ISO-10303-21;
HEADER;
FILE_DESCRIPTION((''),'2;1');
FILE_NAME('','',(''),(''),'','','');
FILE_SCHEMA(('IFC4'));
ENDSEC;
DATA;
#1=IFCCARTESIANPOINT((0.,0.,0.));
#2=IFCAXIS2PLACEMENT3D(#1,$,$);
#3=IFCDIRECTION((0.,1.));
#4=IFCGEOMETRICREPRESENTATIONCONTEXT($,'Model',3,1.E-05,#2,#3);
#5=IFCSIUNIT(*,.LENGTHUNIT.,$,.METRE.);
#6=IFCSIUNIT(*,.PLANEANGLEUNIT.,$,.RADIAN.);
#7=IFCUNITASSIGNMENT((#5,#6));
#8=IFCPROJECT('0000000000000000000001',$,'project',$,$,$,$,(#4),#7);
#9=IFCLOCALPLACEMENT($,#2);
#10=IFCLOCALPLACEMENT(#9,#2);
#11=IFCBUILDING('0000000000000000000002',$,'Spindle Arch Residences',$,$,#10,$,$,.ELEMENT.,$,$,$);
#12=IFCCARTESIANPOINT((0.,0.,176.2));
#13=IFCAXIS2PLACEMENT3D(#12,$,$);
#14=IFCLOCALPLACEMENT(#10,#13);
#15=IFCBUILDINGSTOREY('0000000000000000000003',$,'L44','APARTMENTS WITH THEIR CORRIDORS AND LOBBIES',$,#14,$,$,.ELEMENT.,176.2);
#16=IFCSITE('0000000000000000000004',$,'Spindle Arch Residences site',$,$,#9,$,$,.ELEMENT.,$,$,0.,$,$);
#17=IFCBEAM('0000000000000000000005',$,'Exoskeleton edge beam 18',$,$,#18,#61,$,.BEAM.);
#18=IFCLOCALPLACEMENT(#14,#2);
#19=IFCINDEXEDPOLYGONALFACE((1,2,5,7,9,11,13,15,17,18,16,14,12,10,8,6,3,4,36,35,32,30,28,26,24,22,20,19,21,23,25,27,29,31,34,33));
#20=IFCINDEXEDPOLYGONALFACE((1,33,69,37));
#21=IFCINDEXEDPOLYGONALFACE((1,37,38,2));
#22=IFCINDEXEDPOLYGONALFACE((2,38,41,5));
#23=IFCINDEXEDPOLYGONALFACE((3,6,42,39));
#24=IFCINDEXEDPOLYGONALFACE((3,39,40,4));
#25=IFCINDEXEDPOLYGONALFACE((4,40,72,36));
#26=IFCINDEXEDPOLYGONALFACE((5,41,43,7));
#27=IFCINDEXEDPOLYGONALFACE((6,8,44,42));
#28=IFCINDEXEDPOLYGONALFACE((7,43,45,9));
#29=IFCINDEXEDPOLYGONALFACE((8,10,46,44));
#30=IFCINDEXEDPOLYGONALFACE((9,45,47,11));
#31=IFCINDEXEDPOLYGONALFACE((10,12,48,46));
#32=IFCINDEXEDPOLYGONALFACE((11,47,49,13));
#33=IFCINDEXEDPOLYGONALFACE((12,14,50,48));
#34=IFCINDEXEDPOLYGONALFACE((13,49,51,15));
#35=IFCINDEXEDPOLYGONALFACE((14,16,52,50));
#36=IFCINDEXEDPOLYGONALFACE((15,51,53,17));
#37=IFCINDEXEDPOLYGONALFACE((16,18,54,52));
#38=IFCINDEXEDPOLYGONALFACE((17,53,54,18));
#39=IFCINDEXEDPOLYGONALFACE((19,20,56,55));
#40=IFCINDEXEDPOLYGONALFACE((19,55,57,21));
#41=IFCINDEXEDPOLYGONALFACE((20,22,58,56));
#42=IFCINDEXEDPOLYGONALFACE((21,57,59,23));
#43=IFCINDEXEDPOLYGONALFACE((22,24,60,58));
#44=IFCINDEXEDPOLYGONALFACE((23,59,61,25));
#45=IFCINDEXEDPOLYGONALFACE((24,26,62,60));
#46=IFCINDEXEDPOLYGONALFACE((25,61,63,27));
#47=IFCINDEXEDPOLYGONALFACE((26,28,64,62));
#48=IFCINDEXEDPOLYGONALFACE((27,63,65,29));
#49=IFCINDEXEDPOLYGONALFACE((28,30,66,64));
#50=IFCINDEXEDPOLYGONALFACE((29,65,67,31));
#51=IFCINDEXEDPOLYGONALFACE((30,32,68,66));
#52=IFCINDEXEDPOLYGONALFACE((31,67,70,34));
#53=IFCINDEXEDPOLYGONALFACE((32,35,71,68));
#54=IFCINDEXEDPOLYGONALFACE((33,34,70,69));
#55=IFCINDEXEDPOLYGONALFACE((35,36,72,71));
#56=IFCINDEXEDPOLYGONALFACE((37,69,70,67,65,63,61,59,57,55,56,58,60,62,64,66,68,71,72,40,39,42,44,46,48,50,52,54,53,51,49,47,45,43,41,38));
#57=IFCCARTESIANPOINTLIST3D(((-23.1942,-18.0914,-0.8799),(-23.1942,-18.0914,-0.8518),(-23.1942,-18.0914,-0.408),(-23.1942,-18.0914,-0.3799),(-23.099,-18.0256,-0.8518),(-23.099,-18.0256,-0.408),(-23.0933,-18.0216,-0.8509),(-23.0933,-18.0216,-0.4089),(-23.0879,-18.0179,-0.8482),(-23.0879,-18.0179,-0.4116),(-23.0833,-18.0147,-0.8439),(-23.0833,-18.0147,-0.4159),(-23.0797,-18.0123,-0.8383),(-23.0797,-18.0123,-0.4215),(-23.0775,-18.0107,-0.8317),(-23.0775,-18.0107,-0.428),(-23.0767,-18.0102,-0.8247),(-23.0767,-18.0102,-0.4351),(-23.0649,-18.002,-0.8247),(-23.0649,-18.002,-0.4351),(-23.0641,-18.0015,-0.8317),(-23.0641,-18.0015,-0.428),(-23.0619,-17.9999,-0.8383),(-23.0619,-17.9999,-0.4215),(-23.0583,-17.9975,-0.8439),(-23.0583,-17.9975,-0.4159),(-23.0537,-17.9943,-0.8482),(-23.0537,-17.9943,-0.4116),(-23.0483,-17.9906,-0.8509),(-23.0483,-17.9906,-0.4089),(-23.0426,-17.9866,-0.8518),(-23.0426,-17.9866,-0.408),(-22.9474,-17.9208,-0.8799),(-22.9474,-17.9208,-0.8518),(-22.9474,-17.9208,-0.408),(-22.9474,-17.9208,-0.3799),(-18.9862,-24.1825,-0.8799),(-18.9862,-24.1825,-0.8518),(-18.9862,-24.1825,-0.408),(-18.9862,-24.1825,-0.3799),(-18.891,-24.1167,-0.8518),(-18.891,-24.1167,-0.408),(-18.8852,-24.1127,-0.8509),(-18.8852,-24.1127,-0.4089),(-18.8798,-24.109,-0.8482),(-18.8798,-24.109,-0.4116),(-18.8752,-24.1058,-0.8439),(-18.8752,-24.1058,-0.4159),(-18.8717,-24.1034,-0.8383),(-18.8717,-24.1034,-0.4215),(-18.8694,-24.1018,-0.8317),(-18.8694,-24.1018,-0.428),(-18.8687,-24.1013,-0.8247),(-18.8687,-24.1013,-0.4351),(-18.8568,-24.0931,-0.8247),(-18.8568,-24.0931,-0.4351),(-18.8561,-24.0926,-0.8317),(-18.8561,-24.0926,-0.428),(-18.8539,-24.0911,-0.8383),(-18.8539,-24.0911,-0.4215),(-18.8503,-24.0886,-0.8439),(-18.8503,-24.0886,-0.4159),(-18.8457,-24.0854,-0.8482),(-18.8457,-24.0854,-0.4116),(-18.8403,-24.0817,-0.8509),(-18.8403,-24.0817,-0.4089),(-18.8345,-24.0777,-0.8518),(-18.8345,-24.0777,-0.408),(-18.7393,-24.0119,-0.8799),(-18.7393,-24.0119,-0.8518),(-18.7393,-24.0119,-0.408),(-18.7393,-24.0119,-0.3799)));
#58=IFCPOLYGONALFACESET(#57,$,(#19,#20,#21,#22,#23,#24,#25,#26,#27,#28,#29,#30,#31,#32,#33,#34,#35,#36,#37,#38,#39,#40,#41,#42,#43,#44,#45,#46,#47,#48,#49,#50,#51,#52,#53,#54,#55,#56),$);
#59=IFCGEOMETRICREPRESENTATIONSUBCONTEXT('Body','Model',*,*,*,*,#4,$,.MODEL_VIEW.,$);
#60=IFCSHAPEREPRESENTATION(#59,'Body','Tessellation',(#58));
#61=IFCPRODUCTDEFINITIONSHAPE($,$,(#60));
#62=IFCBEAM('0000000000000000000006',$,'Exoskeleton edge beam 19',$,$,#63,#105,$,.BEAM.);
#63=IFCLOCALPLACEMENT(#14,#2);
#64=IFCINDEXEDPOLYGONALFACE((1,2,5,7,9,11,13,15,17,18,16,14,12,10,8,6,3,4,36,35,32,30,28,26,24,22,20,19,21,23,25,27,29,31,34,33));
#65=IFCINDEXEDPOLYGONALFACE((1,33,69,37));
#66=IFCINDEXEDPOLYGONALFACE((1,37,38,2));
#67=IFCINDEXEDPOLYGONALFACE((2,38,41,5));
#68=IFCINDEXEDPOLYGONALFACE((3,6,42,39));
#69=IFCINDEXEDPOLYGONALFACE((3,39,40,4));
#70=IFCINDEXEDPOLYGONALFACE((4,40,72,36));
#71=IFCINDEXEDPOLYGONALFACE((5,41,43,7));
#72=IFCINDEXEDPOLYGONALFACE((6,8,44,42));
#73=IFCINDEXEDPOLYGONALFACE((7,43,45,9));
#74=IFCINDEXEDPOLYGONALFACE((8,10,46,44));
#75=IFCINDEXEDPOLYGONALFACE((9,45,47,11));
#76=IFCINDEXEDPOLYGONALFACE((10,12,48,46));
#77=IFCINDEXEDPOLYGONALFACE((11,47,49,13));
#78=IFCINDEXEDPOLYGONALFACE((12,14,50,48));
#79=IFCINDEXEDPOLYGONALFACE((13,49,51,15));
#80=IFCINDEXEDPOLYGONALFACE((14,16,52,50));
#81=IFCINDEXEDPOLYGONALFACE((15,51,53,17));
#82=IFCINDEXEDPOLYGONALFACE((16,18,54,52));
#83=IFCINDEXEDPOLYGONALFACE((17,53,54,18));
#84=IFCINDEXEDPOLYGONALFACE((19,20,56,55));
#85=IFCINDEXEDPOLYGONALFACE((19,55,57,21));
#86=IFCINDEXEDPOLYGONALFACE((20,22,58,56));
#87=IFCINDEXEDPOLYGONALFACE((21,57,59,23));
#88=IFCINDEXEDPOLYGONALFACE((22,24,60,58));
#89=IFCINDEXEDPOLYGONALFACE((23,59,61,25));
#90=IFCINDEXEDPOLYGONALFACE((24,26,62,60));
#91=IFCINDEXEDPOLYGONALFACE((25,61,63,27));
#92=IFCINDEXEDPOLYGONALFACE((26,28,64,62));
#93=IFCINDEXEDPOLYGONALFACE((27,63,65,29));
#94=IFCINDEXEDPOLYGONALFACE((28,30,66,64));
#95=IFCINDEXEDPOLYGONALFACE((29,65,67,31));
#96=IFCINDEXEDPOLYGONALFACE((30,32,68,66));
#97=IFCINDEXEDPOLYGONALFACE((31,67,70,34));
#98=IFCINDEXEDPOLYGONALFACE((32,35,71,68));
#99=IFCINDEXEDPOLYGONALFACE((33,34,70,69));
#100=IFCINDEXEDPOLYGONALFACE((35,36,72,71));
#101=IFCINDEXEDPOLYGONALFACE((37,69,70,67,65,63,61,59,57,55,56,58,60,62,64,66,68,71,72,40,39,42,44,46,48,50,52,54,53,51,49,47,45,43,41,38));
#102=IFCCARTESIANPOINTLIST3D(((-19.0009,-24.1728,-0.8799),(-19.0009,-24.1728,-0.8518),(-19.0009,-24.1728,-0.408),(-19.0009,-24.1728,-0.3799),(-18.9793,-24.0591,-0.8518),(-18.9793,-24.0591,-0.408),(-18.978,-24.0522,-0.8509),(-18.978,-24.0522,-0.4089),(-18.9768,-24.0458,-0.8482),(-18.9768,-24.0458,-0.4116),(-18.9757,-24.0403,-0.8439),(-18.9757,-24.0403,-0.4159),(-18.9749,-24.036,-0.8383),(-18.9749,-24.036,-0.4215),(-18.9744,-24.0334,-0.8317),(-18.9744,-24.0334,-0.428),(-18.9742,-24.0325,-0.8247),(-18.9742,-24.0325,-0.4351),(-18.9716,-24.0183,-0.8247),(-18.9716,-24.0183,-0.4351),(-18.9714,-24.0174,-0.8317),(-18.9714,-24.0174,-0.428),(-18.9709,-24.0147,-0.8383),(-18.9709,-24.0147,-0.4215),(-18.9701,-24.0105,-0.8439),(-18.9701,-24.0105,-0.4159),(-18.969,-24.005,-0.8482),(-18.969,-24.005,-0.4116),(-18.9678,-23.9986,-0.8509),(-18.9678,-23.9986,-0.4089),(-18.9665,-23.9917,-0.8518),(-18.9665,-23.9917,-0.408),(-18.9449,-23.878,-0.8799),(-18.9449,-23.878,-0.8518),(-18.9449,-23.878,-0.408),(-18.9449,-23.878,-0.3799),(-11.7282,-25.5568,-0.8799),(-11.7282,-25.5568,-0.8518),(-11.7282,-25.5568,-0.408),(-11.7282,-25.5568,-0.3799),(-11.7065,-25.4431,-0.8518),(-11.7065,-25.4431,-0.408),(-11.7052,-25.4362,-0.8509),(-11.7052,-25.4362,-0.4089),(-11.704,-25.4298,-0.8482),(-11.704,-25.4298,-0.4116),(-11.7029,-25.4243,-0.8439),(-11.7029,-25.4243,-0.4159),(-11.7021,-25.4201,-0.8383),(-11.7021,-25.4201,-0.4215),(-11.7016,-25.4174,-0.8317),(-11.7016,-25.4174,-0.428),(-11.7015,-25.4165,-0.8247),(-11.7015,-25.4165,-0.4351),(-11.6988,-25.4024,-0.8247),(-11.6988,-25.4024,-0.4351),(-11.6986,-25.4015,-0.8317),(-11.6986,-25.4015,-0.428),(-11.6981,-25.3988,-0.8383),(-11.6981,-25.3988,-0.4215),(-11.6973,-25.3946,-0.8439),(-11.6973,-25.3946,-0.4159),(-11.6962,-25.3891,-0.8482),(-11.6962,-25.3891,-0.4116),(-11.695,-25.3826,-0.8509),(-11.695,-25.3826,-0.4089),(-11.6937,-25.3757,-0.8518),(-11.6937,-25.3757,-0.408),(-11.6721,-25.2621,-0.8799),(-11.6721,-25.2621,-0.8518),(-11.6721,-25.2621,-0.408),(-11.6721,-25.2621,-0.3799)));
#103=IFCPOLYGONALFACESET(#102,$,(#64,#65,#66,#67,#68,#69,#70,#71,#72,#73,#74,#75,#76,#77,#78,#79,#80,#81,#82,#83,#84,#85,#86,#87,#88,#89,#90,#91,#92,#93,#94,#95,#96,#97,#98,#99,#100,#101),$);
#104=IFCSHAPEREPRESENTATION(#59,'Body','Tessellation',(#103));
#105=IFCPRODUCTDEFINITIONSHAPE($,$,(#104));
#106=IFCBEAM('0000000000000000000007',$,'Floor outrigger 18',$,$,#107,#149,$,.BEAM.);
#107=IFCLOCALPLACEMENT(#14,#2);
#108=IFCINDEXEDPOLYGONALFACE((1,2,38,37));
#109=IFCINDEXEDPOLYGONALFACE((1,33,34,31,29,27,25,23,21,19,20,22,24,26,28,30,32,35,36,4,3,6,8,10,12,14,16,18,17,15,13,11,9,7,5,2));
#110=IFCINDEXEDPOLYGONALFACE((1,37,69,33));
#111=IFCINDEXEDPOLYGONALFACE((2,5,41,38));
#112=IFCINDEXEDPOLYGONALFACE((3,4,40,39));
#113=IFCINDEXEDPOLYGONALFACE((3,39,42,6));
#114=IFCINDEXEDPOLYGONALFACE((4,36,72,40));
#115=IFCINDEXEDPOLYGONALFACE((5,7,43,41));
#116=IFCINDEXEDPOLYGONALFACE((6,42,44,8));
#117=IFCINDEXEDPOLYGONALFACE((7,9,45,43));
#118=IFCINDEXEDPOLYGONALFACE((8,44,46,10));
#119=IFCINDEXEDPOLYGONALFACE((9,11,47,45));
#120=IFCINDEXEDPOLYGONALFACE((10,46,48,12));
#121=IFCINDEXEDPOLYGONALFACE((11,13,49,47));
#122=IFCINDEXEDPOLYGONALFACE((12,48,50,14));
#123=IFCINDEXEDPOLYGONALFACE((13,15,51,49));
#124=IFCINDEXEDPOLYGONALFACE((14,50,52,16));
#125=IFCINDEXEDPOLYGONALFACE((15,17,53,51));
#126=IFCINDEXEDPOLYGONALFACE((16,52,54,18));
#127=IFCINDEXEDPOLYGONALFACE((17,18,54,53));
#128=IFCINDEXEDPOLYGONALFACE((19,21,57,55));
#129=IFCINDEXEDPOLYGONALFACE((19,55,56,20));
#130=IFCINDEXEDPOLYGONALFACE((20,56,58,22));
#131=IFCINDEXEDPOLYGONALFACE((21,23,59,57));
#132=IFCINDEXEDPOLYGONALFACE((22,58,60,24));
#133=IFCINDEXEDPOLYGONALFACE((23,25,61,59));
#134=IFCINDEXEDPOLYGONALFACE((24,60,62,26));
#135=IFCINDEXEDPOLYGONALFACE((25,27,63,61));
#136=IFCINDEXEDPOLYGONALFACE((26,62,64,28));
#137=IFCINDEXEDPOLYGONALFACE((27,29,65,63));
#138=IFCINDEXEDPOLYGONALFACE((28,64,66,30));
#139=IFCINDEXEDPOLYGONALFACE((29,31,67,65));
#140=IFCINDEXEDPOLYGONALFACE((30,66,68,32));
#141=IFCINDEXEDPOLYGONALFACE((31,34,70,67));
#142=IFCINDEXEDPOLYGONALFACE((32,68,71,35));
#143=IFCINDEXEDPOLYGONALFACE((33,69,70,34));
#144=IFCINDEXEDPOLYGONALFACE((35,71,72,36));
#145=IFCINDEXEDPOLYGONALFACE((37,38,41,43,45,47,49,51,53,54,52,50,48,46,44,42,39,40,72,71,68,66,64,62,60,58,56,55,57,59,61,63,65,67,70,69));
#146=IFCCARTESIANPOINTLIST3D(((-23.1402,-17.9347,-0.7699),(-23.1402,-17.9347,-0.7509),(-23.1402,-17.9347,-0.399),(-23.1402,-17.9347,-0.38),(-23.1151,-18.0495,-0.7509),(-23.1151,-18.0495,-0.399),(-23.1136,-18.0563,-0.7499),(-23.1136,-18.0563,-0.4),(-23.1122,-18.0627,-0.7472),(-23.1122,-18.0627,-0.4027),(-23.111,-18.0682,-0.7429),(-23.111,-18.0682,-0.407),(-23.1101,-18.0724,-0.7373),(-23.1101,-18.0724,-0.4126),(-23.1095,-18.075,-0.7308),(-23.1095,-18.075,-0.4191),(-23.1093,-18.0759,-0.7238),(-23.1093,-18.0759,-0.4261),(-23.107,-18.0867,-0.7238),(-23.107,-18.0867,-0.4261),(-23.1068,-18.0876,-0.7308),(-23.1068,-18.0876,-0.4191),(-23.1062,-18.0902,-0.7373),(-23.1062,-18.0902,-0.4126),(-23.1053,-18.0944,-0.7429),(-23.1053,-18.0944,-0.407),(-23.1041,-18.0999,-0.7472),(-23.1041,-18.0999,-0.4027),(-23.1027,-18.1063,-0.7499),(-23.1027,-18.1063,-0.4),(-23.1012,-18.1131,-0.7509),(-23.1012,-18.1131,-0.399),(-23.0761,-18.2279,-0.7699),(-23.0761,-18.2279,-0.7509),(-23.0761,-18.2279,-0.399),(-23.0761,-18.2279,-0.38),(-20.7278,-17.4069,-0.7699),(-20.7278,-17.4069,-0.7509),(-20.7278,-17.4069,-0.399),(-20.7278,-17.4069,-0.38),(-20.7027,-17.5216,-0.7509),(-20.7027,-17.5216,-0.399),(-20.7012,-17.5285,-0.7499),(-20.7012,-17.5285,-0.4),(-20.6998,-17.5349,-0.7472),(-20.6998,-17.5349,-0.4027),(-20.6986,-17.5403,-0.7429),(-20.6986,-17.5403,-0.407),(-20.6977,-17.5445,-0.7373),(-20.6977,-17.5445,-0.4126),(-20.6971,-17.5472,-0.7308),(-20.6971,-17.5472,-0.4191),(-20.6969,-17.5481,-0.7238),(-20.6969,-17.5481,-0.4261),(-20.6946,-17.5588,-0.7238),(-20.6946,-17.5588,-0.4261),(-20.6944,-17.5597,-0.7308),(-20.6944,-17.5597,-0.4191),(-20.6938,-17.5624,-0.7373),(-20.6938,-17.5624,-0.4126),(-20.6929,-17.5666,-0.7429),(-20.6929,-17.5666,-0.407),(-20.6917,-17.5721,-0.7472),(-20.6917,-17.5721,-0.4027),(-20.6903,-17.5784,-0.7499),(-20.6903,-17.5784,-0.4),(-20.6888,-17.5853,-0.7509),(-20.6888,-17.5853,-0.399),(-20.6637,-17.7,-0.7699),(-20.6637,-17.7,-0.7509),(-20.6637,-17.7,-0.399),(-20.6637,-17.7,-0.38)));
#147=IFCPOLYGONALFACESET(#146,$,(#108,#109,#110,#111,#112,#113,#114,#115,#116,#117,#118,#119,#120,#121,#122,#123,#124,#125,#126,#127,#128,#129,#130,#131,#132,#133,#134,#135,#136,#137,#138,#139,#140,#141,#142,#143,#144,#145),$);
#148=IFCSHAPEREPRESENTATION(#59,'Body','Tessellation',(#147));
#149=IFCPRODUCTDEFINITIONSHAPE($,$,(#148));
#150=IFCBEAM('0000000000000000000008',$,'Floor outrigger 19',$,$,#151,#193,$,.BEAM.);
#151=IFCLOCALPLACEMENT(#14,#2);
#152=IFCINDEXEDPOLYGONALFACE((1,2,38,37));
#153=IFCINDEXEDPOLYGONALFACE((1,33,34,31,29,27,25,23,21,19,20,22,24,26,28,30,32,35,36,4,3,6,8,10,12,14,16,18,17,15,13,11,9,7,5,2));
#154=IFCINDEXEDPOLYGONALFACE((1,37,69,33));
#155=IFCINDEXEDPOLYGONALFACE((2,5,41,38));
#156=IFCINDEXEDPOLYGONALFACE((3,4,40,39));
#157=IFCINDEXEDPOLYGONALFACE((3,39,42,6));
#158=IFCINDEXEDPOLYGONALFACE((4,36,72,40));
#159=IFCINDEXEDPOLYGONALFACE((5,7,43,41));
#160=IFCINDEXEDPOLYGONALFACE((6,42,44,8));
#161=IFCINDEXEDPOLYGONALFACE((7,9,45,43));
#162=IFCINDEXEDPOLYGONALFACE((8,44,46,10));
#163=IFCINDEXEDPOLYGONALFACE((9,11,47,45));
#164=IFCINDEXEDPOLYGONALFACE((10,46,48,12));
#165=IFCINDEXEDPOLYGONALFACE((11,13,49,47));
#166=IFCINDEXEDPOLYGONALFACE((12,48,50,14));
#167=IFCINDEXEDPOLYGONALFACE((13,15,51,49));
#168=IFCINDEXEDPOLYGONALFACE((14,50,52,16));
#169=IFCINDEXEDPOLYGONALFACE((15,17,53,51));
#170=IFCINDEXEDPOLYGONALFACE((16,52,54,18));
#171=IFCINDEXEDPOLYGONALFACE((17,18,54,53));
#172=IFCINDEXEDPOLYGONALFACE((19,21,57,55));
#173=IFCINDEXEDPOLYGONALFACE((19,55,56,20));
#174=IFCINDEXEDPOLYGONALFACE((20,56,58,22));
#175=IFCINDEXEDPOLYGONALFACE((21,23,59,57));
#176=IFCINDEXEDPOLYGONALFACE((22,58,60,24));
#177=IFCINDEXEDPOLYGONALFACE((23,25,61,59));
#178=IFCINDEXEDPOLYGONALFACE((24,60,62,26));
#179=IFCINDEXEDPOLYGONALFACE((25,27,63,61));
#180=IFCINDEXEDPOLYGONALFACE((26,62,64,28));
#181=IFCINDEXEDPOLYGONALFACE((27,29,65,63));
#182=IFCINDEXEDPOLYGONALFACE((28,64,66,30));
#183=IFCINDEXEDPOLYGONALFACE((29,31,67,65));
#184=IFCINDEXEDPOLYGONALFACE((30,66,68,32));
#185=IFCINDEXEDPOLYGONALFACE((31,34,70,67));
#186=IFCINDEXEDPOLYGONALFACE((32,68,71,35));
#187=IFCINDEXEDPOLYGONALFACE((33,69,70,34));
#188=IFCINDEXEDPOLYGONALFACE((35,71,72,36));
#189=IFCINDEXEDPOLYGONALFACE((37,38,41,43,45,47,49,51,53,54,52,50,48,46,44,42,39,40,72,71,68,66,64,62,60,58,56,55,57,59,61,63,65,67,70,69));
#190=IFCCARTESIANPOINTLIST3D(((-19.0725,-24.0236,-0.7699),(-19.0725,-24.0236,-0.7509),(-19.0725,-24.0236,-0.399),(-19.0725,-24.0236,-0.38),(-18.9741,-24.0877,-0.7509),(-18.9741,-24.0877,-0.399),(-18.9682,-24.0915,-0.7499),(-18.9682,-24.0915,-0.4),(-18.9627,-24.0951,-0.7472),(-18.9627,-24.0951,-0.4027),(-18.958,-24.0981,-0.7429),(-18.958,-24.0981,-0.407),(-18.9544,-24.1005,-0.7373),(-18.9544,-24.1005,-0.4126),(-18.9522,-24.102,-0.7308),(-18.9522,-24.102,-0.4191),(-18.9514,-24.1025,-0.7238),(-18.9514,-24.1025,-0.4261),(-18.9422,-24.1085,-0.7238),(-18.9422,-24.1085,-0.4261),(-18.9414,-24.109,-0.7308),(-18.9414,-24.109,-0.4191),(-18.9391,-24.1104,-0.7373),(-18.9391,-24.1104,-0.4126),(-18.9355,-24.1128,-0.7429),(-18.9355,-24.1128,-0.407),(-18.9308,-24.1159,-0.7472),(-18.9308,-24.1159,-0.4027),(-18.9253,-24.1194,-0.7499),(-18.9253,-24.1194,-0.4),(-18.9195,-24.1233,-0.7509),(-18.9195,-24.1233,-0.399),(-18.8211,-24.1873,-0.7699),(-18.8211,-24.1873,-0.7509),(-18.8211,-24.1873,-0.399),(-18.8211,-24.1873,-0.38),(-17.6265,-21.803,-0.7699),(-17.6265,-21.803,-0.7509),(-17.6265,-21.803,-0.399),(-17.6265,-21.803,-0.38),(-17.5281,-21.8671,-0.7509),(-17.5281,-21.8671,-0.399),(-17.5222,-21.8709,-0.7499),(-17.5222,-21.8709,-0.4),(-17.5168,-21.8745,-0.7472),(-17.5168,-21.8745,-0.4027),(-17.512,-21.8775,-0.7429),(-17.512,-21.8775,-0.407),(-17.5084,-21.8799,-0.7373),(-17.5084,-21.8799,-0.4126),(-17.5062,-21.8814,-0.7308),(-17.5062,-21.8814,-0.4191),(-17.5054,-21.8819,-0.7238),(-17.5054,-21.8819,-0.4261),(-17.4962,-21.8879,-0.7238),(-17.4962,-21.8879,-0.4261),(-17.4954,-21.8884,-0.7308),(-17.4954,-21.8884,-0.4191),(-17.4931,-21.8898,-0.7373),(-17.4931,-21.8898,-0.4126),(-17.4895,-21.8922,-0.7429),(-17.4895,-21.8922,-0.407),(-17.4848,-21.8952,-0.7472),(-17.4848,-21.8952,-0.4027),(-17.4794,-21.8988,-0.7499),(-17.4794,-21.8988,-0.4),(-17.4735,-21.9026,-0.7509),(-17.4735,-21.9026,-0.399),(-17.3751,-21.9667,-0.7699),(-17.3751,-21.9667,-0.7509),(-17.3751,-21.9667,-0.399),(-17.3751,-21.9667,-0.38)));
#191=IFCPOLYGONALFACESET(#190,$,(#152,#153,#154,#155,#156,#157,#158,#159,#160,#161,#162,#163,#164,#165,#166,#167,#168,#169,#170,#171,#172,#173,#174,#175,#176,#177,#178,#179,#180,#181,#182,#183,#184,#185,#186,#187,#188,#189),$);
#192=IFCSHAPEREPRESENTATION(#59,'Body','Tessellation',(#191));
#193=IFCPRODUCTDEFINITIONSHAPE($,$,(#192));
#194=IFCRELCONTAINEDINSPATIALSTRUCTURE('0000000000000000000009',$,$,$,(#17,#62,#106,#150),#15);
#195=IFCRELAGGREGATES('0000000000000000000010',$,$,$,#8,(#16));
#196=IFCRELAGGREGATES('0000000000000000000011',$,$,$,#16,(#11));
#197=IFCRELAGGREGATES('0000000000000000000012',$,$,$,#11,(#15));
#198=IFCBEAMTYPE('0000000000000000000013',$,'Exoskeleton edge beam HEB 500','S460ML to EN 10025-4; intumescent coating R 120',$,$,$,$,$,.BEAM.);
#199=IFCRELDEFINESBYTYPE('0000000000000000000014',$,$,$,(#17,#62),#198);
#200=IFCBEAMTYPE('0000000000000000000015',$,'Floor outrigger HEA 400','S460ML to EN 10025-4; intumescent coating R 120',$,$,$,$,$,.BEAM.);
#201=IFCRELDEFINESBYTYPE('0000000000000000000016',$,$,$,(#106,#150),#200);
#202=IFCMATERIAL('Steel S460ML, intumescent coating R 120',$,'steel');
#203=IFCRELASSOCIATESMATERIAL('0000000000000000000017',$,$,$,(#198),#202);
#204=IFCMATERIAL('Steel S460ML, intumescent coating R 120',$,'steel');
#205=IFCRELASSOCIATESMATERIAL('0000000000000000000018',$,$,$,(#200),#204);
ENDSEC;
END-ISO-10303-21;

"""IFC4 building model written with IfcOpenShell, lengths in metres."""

from ifc_helpers import new_model, si_unit, direction, frame, origin, origin_2d, place, context, subcontext, project, spatial, i_section, extrude, material, material_profile, profile_set, type_object, element, save


model = new_model("IFC4")

# Units and contexts
model_context = context("Model", 3, precision=1e-05, world=origin(), true_north=direction((0.0, 1.0)))
body_context = subcontext(model_context, "Body", "Model", "MODEL_VIEW")
ifc_project = project(units=[si_unit("LENGTHUNIT", "METRE"), si_unit("PLANEANGLEUNIT", "RADIAN")], contexts=[model_context])

# Site, building, storey
site_placement = place(None, origin())
site = spatial("IfcSite", under=ifc_project, at=site_placement, Name="Spindle Arch Residences site", CompositionType="ELEMENT", RefElevation=0.0)
building_placement = place(site_placement, origin())
building = spatial("IfcBuilding", under=site, at=building_placement, Name="Spindle Arch Residences", CompositionType="ELEMENT")
storey_placement = place(building_placement, frame((0.0, 0.0, 176.2)))
storey = spatial("IfcBuildingStorey", under=building, at=storey_placement, Name="L44", Description="APARTMENTS WITH THEIR CORRIDORS AND LOBBIES", CompositionType="ELEMENT", Elevation=176.2)

# Beams
ifc_material_1 = material(Name="Steel S460ML, intumescent coating R 120", Category="steel")
ifc_material_profile_1 = material_profile(ifc_material_1, i_section(OverallWidth=0.3, OverallDepth=0.5, WebThickness=0.0144, FlangeThickness=0.0281, FilletRadius=0.0271, at=origin_2d()), Name="HEB 500")
ifc_profile_set_1 = profile_set([ifc_material_profile_1], Name="Steel S460ML, intumescent coating R 120")
beam_type_1 = type_object("IfcBeamType", Name="Exoskeleton edge beam HEB 500", Description="S460ML to EN 10025-4; intumescent coating R 120", PredefinedType="BEAM", material=ifc_profile_set_1)
for number, where, z_axis, x_axis, name in (
    (1, (-23.0708, -18.0061, -0.6299), (0.568399, -0.822753, 0.0), (0.822753, 0.568399, 0.0), "Exoskeleton edge beam 18"),
    (2, (-18.9729, -24.0254, -0.6299), (0.982369, -0.18695, 0.0), (0.18695, 0.982369, 0.0), "Exoskeleton edge beam 19"),
):
    element("IfcBeam", number, at=place(storey_placement, frame(where, z_axis=z_axis, x_axis=x_axis)), inside=storey, type_object=beam_type_1, Name=name, PredefinedType="BEAM", context=body_context, shape_type="SweptSolid", body=[
        extrude(i_section(OverallWidth=0.3, OverallDepth=0.5, WebThickness=0.0144, FlangeThickness=0.0281, FilletRadius=0.0271, at=origin_2d()), origin(), (0.0, 0.0, 1.0), 7.4033),
    ])
ifc_material_2 = material(Name="Steel S460ML, intumescent coating R 120", Category="steel")
ifc_material_profile_2 = material_profile(ifc_material_2, i_section(OverallWidth=0.3, OverallDepth=0.3899, WebThickness=0.011, FlangeThickness=0.019, FilletRadius=0.0271, at=origin_2d()), Name="HEA 400")
ifc_profile_set_2 = profile_set([ifc_material_profile_2], Name="Steel S460ML, intumescent coating R 120")
beam_type_2 = type_object("IfcBeamType", Name="Floor outrigger HEA 400", Description="S460ML to EN 10025-4; intumescent coating R 120", PredefinedType="BEAM", material=ifc_profile_set_2)
beam_1_placement = place(storey_placement, frame((-23.1082, -18.0813, -0.575), z_axis=(0.976889, 0.213747, 0.0), x_axis=(-0.213747, 0.976889, 0.0)))
element("IfcBeam", 3, at=beam_1_placement, inside=storey, type_object=beam_type_2, Name="Floor outrigger 18", PredefinedType="BEAM", context=body_context, shape_type="SweptSolid", body=[
    extrude(i_section(OverallWidth=0.3, OverallDepth=0.3899, WebThickness=0.011, FlangeThickness=0.019, FilletRadius=0.0271, at=origin_2d()), origin(), (0.0, 0.0, 1.0), 2.4695),
])
beam_2_placement = place(storey_placement, frame((-18.9468, -24.1055, -0.575), z_axis=(0.545675, 0.837997, 0.0), x_axis=(-0.837997, 0.545675, 0.0)))
element("IfcBeam", 4, at=beam_2_placement, inside=storey, type_object=beam_type_2, Name="Floor outrigger 19", PredefinedType="BEAM", context=body_context, shape_type="SweptSolid", body=[
    extrude(i_section(OverallWidth=0.3, OverallDepth=0.3899, WebThickness=0.011, FlangeThickness=0.019, FilletRadius=0.0271, at=origin_2d()), origin(), (0.0, 0.0, 1.0), 2.6499),
])

save(model, "model.ifc")
